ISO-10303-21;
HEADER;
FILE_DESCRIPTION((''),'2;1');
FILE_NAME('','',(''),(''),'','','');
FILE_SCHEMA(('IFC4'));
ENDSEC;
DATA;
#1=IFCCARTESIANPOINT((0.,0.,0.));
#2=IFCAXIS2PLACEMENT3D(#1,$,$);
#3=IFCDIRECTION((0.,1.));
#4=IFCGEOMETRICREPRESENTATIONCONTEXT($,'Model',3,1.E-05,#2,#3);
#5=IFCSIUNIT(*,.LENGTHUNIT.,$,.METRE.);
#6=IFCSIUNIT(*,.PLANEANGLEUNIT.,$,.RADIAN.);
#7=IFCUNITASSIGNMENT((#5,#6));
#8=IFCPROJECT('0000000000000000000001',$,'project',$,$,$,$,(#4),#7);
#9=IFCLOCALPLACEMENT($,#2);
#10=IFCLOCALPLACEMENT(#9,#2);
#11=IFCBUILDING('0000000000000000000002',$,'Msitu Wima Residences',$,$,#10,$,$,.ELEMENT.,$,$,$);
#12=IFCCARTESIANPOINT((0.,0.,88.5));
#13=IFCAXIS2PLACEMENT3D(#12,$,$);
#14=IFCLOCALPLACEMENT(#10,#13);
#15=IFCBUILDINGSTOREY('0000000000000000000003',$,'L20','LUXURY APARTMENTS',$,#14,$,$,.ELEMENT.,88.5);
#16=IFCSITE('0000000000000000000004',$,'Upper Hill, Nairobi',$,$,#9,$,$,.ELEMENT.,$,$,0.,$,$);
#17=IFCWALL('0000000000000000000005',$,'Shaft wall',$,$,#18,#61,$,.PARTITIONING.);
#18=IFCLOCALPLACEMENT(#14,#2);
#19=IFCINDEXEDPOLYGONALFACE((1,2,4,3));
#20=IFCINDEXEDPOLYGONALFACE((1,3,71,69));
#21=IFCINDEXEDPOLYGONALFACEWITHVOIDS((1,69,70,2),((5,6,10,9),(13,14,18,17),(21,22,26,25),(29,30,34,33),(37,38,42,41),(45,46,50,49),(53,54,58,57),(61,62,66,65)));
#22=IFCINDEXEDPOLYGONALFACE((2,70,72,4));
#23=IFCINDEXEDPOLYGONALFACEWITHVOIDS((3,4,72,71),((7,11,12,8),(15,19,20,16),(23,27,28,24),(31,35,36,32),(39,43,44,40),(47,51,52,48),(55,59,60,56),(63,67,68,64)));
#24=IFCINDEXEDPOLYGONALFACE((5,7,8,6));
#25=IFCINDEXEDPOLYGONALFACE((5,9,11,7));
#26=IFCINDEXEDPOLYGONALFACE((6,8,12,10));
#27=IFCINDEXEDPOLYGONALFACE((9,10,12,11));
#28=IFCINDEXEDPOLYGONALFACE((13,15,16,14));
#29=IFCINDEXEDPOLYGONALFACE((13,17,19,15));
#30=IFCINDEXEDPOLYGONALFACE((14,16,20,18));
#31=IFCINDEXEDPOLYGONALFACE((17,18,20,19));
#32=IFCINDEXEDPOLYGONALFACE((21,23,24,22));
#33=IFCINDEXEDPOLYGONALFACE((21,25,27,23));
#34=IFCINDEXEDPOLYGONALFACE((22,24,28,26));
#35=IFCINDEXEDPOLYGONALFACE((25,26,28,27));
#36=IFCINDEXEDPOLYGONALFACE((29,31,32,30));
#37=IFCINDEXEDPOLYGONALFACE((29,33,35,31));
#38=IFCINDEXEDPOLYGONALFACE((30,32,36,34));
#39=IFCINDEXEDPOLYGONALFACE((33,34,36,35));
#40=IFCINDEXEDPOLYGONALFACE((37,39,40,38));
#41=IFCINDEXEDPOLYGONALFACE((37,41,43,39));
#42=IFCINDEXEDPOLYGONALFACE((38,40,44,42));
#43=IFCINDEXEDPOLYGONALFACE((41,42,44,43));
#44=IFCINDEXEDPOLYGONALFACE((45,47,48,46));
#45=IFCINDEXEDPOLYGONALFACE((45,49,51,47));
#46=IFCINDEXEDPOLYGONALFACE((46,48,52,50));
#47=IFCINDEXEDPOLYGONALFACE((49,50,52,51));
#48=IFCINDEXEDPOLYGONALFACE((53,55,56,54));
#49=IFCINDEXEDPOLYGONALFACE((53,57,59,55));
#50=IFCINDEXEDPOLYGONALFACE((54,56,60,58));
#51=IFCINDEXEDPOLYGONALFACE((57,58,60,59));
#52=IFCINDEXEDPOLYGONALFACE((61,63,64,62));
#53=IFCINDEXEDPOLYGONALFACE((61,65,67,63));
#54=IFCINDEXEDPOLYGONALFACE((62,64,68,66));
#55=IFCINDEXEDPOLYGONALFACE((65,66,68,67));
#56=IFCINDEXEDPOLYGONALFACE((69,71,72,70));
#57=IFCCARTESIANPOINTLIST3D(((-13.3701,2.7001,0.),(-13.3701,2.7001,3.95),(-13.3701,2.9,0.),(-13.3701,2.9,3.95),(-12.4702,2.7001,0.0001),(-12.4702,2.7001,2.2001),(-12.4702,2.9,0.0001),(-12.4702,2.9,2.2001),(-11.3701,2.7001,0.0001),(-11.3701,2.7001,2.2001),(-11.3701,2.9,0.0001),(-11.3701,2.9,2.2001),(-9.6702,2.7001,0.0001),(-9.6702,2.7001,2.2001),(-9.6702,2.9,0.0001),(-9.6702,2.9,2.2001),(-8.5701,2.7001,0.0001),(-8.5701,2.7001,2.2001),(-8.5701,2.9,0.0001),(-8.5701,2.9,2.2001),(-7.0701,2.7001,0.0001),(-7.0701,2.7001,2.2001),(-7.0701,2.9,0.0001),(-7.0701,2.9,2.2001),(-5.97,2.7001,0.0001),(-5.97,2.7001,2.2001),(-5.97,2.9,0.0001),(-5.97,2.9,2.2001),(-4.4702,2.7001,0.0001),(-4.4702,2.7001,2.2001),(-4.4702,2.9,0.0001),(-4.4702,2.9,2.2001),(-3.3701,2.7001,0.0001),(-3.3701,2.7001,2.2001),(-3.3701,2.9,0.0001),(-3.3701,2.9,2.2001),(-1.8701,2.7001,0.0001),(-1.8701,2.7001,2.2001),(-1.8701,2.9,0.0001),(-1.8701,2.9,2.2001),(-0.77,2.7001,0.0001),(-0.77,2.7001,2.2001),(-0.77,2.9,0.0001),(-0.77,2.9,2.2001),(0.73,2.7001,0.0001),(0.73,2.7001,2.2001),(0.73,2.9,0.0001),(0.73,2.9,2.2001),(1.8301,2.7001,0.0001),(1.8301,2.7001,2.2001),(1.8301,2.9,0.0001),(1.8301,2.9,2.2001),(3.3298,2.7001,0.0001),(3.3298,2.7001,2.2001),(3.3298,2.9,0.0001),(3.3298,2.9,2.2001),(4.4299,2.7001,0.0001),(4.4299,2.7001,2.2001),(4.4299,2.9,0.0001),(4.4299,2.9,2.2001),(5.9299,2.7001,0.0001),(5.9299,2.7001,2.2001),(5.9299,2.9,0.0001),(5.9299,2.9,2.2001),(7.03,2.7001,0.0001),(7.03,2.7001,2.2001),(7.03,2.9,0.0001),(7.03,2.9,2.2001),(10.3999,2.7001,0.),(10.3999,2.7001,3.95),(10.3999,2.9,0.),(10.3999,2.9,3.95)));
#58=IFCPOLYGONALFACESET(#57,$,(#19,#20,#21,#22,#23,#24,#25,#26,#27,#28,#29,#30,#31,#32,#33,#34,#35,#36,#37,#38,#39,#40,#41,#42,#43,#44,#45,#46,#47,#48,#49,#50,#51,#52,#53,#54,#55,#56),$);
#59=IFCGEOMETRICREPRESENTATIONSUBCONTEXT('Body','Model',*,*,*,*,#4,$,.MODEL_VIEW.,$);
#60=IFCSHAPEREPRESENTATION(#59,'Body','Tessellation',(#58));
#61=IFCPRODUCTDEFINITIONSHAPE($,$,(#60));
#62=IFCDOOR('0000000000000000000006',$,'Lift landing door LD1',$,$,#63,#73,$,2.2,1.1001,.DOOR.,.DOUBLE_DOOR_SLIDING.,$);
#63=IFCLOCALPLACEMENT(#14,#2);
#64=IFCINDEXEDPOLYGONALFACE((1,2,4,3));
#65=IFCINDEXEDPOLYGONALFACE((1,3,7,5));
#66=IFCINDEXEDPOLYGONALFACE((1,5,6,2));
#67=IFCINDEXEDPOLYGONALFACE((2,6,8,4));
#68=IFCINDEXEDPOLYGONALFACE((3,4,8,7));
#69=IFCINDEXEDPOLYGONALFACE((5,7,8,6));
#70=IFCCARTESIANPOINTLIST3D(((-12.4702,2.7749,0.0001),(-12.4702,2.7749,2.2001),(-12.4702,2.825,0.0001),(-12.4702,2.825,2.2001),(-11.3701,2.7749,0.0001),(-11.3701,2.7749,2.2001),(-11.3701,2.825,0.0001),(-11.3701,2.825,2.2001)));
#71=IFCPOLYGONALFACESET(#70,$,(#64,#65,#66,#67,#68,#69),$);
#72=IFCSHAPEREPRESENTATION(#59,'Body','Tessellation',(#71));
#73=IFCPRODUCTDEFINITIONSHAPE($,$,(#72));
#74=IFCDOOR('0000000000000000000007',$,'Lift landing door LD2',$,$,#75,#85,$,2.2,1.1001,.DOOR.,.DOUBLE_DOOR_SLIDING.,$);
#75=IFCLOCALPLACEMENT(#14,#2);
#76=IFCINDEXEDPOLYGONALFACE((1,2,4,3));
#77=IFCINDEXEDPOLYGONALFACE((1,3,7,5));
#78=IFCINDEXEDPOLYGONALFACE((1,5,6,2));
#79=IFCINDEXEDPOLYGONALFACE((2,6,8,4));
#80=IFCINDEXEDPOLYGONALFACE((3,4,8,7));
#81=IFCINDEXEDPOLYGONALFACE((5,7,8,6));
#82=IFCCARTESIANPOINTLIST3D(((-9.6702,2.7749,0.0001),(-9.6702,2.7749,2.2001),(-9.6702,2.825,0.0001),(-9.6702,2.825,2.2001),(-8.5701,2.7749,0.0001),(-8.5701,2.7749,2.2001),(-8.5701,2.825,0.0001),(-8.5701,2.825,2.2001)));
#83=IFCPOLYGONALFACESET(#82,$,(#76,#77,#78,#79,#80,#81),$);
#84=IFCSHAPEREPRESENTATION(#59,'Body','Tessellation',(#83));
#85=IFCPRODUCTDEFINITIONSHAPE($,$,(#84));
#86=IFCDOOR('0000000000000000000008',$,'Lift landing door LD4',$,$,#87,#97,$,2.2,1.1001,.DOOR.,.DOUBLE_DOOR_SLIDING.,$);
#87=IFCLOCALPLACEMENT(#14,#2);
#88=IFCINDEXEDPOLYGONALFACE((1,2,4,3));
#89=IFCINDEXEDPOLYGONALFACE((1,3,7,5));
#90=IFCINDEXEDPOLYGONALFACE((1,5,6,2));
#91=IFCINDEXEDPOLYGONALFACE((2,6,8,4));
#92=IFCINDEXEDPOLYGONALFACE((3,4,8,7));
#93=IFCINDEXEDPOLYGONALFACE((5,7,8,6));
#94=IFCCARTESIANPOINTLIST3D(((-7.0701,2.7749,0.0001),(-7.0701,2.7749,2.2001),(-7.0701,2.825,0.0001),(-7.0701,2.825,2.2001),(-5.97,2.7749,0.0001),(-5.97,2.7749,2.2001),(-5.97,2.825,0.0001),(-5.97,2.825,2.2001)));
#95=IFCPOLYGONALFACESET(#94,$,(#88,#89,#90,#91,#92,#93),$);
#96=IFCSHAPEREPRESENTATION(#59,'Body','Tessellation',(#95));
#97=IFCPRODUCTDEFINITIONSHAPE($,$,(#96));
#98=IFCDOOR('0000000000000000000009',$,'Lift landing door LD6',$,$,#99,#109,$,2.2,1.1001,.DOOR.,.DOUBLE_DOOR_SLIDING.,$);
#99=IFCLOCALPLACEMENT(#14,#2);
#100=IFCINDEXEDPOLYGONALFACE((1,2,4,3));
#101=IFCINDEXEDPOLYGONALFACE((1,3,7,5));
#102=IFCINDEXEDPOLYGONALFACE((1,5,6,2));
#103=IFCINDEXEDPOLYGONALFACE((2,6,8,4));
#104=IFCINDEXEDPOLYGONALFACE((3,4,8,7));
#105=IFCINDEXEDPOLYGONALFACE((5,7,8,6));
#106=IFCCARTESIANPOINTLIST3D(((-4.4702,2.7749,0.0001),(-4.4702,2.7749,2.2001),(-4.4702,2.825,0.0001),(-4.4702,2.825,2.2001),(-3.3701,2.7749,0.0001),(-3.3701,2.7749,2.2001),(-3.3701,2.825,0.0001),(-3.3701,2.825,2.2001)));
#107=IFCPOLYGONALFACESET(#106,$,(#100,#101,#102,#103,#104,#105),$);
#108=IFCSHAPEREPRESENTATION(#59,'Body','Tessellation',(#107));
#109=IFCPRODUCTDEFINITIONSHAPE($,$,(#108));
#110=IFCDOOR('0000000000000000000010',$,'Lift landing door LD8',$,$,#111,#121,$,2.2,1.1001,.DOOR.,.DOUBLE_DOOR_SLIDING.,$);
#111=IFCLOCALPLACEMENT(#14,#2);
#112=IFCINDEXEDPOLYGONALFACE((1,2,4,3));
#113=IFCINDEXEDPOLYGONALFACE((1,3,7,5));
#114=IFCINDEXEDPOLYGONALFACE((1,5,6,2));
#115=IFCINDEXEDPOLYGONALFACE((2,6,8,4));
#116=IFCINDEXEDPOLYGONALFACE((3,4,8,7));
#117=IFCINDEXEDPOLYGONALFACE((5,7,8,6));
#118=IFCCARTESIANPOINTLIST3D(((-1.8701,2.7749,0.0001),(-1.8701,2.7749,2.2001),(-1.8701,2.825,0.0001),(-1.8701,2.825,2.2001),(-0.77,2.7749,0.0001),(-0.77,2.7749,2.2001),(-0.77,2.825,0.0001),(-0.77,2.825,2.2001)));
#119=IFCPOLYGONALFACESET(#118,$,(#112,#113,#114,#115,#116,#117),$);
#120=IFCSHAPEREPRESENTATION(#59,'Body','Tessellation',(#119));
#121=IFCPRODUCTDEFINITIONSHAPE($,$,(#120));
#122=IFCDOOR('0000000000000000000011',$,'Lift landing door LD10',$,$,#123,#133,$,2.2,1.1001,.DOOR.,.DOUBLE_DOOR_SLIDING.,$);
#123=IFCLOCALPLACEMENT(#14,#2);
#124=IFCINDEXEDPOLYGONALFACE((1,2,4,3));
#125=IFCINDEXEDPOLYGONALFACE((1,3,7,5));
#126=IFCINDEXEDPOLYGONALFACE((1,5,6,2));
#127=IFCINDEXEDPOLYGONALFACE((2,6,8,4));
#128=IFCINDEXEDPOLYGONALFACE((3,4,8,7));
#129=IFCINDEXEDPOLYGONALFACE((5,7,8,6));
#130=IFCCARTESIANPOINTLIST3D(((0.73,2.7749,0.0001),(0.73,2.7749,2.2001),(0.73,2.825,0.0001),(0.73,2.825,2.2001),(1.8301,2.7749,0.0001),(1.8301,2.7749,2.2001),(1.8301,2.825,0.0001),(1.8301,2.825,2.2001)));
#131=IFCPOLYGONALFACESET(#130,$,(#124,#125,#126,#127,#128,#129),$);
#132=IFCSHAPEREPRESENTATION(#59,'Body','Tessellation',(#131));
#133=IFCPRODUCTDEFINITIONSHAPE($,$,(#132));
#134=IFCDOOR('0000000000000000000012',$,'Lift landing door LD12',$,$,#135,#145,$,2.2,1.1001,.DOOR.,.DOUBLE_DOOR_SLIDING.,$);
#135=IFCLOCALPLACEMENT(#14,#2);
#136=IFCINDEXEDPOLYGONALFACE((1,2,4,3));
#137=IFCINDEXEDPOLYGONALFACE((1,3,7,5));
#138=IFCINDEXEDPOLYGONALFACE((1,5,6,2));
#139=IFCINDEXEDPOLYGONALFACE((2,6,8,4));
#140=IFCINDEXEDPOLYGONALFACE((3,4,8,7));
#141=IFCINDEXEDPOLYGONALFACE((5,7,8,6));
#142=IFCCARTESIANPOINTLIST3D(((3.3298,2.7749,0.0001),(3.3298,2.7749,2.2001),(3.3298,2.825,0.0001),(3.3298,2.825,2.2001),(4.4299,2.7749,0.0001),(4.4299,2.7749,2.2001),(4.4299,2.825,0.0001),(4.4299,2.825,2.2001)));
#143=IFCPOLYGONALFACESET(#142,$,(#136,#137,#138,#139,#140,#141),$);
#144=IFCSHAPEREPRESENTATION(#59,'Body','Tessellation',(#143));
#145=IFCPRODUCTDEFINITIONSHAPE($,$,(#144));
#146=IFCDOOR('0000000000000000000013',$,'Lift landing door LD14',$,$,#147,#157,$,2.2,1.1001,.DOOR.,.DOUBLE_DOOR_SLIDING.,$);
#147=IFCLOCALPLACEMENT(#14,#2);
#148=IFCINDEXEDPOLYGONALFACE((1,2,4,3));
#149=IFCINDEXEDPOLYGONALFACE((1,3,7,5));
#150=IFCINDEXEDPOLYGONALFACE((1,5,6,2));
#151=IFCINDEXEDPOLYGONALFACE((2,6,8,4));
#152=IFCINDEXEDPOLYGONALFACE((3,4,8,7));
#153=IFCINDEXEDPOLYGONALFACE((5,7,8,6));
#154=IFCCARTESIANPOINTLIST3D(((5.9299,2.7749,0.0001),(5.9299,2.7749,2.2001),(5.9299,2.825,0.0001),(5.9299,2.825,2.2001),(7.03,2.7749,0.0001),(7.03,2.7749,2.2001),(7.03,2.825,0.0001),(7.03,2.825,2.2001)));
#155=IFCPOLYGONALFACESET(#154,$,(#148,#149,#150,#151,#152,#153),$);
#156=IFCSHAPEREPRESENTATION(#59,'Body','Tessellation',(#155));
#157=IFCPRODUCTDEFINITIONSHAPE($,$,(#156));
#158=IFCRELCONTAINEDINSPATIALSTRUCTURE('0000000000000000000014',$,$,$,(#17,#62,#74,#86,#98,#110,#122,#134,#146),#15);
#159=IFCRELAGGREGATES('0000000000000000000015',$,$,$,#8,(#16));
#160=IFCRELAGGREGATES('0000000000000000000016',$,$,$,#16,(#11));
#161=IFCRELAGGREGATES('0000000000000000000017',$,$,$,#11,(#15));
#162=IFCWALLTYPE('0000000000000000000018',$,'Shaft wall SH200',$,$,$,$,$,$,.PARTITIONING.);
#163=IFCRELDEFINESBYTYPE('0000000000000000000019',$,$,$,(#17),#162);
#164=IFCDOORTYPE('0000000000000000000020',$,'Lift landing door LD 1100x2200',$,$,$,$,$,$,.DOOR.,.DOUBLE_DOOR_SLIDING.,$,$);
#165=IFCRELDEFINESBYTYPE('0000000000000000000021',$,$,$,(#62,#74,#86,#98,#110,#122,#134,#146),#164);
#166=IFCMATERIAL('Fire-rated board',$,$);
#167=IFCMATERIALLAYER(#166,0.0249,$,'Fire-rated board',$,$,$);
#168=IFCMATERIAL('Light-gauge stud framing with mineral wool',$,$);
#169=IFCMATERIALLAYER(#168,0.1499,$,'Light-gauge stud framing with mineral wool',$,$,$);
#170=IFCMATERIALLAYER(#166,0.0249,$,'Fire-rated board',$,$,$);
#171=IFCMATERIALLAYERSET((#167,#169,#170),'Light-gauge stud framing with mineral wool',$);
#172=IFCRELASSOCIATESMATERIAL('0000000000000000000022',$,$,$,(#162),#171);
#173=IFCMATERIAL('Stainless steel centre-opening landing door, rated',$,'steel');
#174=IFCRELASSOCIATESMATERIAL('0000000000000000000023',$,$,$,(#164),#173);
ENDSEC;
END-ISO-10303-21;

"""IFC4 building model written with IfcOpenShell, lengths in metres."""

from ifc_helpers import new_model, si_unit, direction, frame, frame_2d, origin, place, context, subcontext, project, spatial, rectangle, extrude, material, layer, layer_set, type_object, element, fill, save


model = new_model("IFC4")

# Units and contexts
model_context = context("Model", 3, precision=1e-05, world=origin(), true_north=direction((0.0, 1.0)))
body_context = subcontext(model_context, "Body", "Model", "MODEL_VIEW")
ifc_project = project(units=[si_unit("LENGTHUNIT", "METRE"), si_unit("PLANEANGLEUNIT", "RADIAN")], contexts=[model_context])

# Site, building, storey
site_placement = place(None, origin())
site = spatial("IfcSite", under=ifc_project, at=site_placement, Name="Upper Hill, Nairobi", CompositionType="ELEMENT", RefElevation=0.0)
building_placement = place(site_placement, origin())
building = spatial("IfcBuilding", under=site, at=building_placement, Name="Msitu Wima Residences", CompositionType="ELEMENT")
storey_placement = place(building_placement, frame((0.0, 0.0, 88.5)))
storey = spatial("IfcBuildingStorey", under=building, at=storey_placement, Name="L20", Description="LUXURY APARTMENTS", CompositionType="ELEMENT", Elevation=88.5)

# Shared definitions
ifc_material_1 = material(Name="Fire-rated board")
ifc_layer_1 = layer(ifc_material_1, 0.0249, Name="Fire-rated board")
ifc_material_2 = material(Name="Light-gauge stud framing with mineral wool")
ifc_layer_2 = layer(ifc_material_2, 0.1499, Name="Light-gauge stud framing with mineral wool")
ifc_layer_3 = layer(ifc_material_1, 0.0249, Name="Fire-rated board")
ifc_layer_set_1 = layer_set([ifc_layer_1, ifc_layer_2, ifc_layer_3], Name="Light-gauge stud framing with mineral wool")
wall_type_1 = type_object("IfcWallType", Name="Shaft wall SH200", PredefinedType="PARTITIONING", material=ifc_layer_set_1)

# Wall, openings, doors
wall_1_placement = place(storey_placement, frame((-13.3701, 2.8, 0.0), z_axis=(0.0, 0.0, 1.0), x_axis=(1.0, 0.0, 0.0)))
wall_1 = element("IfcWall", 1, at=wall_1_placement, inside=storey, type_object=wall_type_1, Name="Shaft wall", PredefinedType="PARTITIONING", context=body_context, shape_type="SweptSolid", body=[
    extrude(rectangle(XDim=23.77, YDim=0.2, at=frame_2d((11.885, 0.0))), origin(), (0.0, 0.0, 1.0), 3.95),
])
opening_1_placement = place(wall_1_placement, frame((0.8999, 0.0, 0.0)))
opening_1 = element("IfcOpeningElement", 2, at=opening_1_placement, cuts=wall_1, PredefinedType="OPENING", context=body_context, shape_type="SweptSolid", body=[
    extrude(rectangle(XDim=1.1001, YDim=2.2, at=frame_2d((0.55, 1.1001))), frame((0.0, 0.1099, 0.0), z_axis=(0.0, -1.0, 0.0), x_axis=(1.0, 0.0, 0.0)), (0.0, 0.0, 1.0), 0.22),
])
opening_2_placement = place(wall_1_placement, frame((3.7, 0.0, 0.0)))
opening_2 = element("IfcOpeningElement", 3, at=opening_2_placement, cuts=wall_1, PredefinedType="OPENING", context=body_context, shape_type="SweptSolid", body=[
    extrude(rectangle(XDim=1.1001, YDim=2.2, at=frame_2d((0.55, 1.1001))), frame((0.0, 0.1099, 0.0), z_axis=(0.0, -1.0, 0.0), x_axis=(1.0, 0.0, 0.0)), (0.0, 0.0, 1.0), 0.22),
])
opening_3_placement = place(wall_1_placement, frame((6.3, 0.0, 0.0)))
opening_3 = element("IfcOpeningElement", 4, at=opening_3_placement, cuts=wall_1, PredefinedType="OPENING", context=body_context, shape_type="SweptSolid", body=[
    extrude(rectangle(XDim=1.1001, YDim=2.2, at=frame_2d((0.55, 1.1001))), frame((0.0, 0.1099, 0.0), z_axis=(0.0, -1.0, 0.0), x_axis=(1.0, 0.0, 0.0)), (0.0, 0.0, 1.0), 0.22),
])
opening_4_placement = place(wall_1_placement, frame((8.8999, 0.0, 0.0)))
opening_4 = element("IfcOpeningElement", 5, at=opening_4_placement, cuts=wall_1, PredefinedType="OPENING", context=body_context, shape_type="SweptSolid", body=[
    extrude(rectangle(XDim=1.1001, YDim=2.2, at=frame_2d((0.55, 1.1001))), frame((0.0, 0.1099, 0.0), z_axis=(0.0, -1.0, 0.0), x_axis=(1.0, 0.0, 0.0)), (0.0, 0.0, 1.0), 0.22),
])
opening_5_placement = place(wall_1_placement, frame((11.5, 0.0, 0.0)))
opening_5 = element("IfcOpeningElement", 6, at=opening_5_placement, cuts=wall_1, PredefinedType="OPENING", context=body_context, shape_type="SweptSolid", body=[
    extrude(rectangle(XDim=1.1001, YDim=2.2, at=frame_2d((0.55, 1.1001))), frame((0.0, 0.1099, 0.0), z_axis=(0.0, -1.0, 0.0), x_axis=(1.0, 0.0, 0.0)), (0.0, 0.0, 1.0), 0.22),
])
opening_6_placement = place(wall_1_placement, frame((14.1001, 0.0, 0.0)))
opening_6 = element("IfcOpeningElement", 7, at=opening_6_placement, cuts=wall_1, PredefinedType="OPENING", context=body_context, shape_type="SweptSolid", body=[
    extrude(rectangle(XDim=1.1001, YDim=2.2, at=frame_2d((0.55, 1.1001))), frame((0.0, 0.1099, 0.0), z_axis=(0.0, -1.0, 0.0), x_axis=(1.0, 0.0, 0.0)), (0.0, 0.0, 1.0), 0.22),
])
opening_7_placement = place(wall_1_placement, frame((16.7, 0.0, 0.0)))
opening_7 = element("IfcOpeningElement", 8, at=opening_7_placement, cuts=wall_1, PredefinedType="OPENING", context=body_context, shape_type="SweptSolid", body=[
    extrude(rectangle(XDim=1.1001, YDim=2.2, at=frame_2d((0.55, 1.1001))), frame((0.0, 0.1099, 0.0), z_axis=(0.0, -1.0, 0.0), x_axis=(1.0, 0.0, 0.0)), (0.0, 0.0, 1.0), 0.22),
])
opening_8_placement = place(wall_1_placement, frame((19.3, 0.0, 0.0)))
opening_8 = element("IfcOpeningElement", 9, at=opening_8_placement, cuts=wall_1, PredefinedType="OPENING", context=body_context, shape_type="SweptSolid", body=[
    extrude(rectangle(XDim=1.1001, YDim=2.2, at=frame_2d((0.55, 1.1001))), frame((0.0, 0.1099, 0.0), z_axis=(0.0, -1.0, 0.0), x_axis=(1.0, 0.0, 0.0)), (0.0, 0.0, 1.0), 0.22),
])
ifc_material_3 = material(Name="Stainless steel centre-opening landing door, rated", Category="steel")
door_type_1 = type_object("IfcDoorType", Name="Lift landing door LD 1100x2200", OperationType="DOUBLE_DOOR_SLIDING", PredefinedType="DOOR", material=ifc_material_3)
door_1_placement = place(opening_1_placement, origin())
door_1 = element("IfcDoor", 10, at=door_1_placement, inside=storey, type_object=door_type_1, Name="Lift landing door LD1", OperationType="DOUBLE_DOOR_SLIDING", OverallHeight=2.2, OverallWidth=1.1001, PredefinedType="DOOR", context=body_context, shape_type="SweptSolid", body=[
    extrude(rectangle(XDim=1.1001, YDim=2.2, at=frame_2d((0.55, 1.1001))), frame((0.0, 0.0249, 0.0), z_axis=(0.0, -1.0, 0.0), x_axis=(1.0, 0.0, 0.0)), (0.0, 0.0, 1.0), 0.05),
])
fill(opening_1, door_1)
door_2_placement = place(opening_2_placement, origin())
door_2 = element("IfcDoor", 11, at=door_2_placement, inside=storey, type_object=door_type_1, Name="Lift landing door LD2", OperationType="DOUBLE_DOOR_SLIDING", OverallHeight=2.2, OverallWidth=1.1001, PredefinedType="DOOR", context=body_context, shape_type="SweptSolid", body=[
    extrude(rectangle(XDim=1.1001, YDim=2.2, at=frame_2d((0.55, 1.1001))), frame((0.0, 0.0249, 0.0), z_axis=(0.0, -1.0, 0.0), x_axis=(1.0, 0.0, 0.0)), (0.0, 0.0, 1.0), 0.05),
])
fill(opening_2, door_2)
door_3_placement = place(opening_3_placement, origin())
door_3 = element("IfcDoor", 12, at=door_3_placement, inside=storey, type_object=door_type_1, Name="Lift landing door LD4", OperationType="DOUBLE_DOOR_SLIDING", OverallHeight=2.2, OverallWidth=1.1001, PredefinedType="DOOR", context=body_context, shape_type="SweptSolid", body=[
    extrude(rectangle(XDim=1.1001, YDim=2.2, at=frame_2d((0.55, 1.1001))), frame((0.0, 0.0249, 0.0), z_axis=(0.0, -1.0, 0.0), x_axis=(1.0, 0.0, 0.0)), (0.0, 0.0, 1.0), 0.05),
])
fill(opening_3, door_3)
door_4_placement = place(opening_4_placement, origin())
door_4 = element("IfcDoor", 13, at=door_4_placement, inside=storey, type_object=door_type_1, Name="Lift landing door LD6", OperationType="DOUBLE_DOOR_SLIDING", OverallHeight=2.2, OverallWidth=1.1001, PredefinedType="DOOR", context=body_context, shape_type="SweptSolid", body=[
    extrude(rectangle(XDim=1.1001, YDim=2.2, at=frame_2d((0.55, 1.1001))), frame((0.0, 0.0249, 0.0), z_axis=(0.0, -1.0, 0.0), x_axis=(1.0, 0.0, 0.0)), (0.0, 0.0, 1.0), 0.05),
])
fill(opening_4, door_4)
door_5_placement = place(opening_5_placement, origin())
door_5 = element("IfcDoor", 14, at=door_5_placement, inside=storey, type_object=door_type_1, Name="Lift landing door LD8", OperationType="DOUBLE_DOOR_SLIDING", OverallHeight=2.2, OverallWidth=1.1001, PredefinedType="DOOR", context=body_context, shape_type="SweptSolid", body=[
    extrude(rectangle(XDim=1.1001, YDim=2.2, at=frame_2d((0.55, 1.1001))), frame((0.0, 0.0249, 0.0), z_axis=(0.0, -1.0, 0.0), x_axis=(1.0, 0.0, 0.0)), (0.0, 0.0, 1.0), 0.05),
])
fill(opening_5, door_5)
door_6_placement = place(opening_6_placement, origin())
door_6 = element("IfcDoor", 15, at=door_6_placement, inside=storey, type_object=door_type_1, Name="Lift landing door LD10", OperationType="DOUBLE_DOOR_SLIDING", OverallHeight=2.2, OverallWidth=1.1001, PredefinedType="DOOR", context=body_context, shape_type="SweptSolid", body=[
    extrude(rectangle(XDim=1.1001, YDim=2.2, at=frame_2d((0.55, 1.1001))), frame((0.0, 0.0249, 0.0), z_axis=(0.0, -1.0, 0.0), x_axis=(1.0, 0.0, 0.0)), (0.0, 0.0, 1.0), 0.05),
])
fill(opening_6, door_6)
door_7_placement = place(opening_7_placement, origin())
door_7 = element("IfcDoor", 16, at=door_7_placement, inside=storey, type_object=door_type_1, Name="Lift landing door LD12", OperationType="DOUBLE_DOOR_SLIDING", OverallHeight=2.2, OverallWidth=1.1001, PredefinedType="DOOR", context=body_context, shape_type="SweptSolid", body=[
    extrude(rectangle(XDim=1.1001, YDim=2.2, at=frame_2d((0.55, 1.1001))), frame((0.0, 0.0249, 0.0), z_axis=(0.0, -1.0, 0.0), x_axis=(1.0, 0.0, 0.0)), (0.0, 0.0, 1.0), 0.05),
])
fill(opening_7, door_7)
door_8_placement = place(opening_8_placement, origin())
door_8 = element("IfcDoor", 17, at=door_8_placement, inside=storey, type_object=door_type_1, Name="Lift landing door LD14", OperationType="DOUBLE_DOOR_SLIDING", OverallHeight=2.2, OverallWidth=1.1001, PredefinedType="DOOR", context=body_context, shape_type="SweptSolid", body=[
    extrude(rectangle(XDim=1.1001, YDim=2.2, at=frame_2d((0.55, 1.1001))), frame((0.0, 0.0249, 0.0), z_axis=(0.0, -1.0, 0.0), x_axis=(1.0, 0.0, 0.0)), (0.0, 0.0, 1.0), 0.05),
])
fill(opening_8, door_8)

save(model, "model.ifc")
